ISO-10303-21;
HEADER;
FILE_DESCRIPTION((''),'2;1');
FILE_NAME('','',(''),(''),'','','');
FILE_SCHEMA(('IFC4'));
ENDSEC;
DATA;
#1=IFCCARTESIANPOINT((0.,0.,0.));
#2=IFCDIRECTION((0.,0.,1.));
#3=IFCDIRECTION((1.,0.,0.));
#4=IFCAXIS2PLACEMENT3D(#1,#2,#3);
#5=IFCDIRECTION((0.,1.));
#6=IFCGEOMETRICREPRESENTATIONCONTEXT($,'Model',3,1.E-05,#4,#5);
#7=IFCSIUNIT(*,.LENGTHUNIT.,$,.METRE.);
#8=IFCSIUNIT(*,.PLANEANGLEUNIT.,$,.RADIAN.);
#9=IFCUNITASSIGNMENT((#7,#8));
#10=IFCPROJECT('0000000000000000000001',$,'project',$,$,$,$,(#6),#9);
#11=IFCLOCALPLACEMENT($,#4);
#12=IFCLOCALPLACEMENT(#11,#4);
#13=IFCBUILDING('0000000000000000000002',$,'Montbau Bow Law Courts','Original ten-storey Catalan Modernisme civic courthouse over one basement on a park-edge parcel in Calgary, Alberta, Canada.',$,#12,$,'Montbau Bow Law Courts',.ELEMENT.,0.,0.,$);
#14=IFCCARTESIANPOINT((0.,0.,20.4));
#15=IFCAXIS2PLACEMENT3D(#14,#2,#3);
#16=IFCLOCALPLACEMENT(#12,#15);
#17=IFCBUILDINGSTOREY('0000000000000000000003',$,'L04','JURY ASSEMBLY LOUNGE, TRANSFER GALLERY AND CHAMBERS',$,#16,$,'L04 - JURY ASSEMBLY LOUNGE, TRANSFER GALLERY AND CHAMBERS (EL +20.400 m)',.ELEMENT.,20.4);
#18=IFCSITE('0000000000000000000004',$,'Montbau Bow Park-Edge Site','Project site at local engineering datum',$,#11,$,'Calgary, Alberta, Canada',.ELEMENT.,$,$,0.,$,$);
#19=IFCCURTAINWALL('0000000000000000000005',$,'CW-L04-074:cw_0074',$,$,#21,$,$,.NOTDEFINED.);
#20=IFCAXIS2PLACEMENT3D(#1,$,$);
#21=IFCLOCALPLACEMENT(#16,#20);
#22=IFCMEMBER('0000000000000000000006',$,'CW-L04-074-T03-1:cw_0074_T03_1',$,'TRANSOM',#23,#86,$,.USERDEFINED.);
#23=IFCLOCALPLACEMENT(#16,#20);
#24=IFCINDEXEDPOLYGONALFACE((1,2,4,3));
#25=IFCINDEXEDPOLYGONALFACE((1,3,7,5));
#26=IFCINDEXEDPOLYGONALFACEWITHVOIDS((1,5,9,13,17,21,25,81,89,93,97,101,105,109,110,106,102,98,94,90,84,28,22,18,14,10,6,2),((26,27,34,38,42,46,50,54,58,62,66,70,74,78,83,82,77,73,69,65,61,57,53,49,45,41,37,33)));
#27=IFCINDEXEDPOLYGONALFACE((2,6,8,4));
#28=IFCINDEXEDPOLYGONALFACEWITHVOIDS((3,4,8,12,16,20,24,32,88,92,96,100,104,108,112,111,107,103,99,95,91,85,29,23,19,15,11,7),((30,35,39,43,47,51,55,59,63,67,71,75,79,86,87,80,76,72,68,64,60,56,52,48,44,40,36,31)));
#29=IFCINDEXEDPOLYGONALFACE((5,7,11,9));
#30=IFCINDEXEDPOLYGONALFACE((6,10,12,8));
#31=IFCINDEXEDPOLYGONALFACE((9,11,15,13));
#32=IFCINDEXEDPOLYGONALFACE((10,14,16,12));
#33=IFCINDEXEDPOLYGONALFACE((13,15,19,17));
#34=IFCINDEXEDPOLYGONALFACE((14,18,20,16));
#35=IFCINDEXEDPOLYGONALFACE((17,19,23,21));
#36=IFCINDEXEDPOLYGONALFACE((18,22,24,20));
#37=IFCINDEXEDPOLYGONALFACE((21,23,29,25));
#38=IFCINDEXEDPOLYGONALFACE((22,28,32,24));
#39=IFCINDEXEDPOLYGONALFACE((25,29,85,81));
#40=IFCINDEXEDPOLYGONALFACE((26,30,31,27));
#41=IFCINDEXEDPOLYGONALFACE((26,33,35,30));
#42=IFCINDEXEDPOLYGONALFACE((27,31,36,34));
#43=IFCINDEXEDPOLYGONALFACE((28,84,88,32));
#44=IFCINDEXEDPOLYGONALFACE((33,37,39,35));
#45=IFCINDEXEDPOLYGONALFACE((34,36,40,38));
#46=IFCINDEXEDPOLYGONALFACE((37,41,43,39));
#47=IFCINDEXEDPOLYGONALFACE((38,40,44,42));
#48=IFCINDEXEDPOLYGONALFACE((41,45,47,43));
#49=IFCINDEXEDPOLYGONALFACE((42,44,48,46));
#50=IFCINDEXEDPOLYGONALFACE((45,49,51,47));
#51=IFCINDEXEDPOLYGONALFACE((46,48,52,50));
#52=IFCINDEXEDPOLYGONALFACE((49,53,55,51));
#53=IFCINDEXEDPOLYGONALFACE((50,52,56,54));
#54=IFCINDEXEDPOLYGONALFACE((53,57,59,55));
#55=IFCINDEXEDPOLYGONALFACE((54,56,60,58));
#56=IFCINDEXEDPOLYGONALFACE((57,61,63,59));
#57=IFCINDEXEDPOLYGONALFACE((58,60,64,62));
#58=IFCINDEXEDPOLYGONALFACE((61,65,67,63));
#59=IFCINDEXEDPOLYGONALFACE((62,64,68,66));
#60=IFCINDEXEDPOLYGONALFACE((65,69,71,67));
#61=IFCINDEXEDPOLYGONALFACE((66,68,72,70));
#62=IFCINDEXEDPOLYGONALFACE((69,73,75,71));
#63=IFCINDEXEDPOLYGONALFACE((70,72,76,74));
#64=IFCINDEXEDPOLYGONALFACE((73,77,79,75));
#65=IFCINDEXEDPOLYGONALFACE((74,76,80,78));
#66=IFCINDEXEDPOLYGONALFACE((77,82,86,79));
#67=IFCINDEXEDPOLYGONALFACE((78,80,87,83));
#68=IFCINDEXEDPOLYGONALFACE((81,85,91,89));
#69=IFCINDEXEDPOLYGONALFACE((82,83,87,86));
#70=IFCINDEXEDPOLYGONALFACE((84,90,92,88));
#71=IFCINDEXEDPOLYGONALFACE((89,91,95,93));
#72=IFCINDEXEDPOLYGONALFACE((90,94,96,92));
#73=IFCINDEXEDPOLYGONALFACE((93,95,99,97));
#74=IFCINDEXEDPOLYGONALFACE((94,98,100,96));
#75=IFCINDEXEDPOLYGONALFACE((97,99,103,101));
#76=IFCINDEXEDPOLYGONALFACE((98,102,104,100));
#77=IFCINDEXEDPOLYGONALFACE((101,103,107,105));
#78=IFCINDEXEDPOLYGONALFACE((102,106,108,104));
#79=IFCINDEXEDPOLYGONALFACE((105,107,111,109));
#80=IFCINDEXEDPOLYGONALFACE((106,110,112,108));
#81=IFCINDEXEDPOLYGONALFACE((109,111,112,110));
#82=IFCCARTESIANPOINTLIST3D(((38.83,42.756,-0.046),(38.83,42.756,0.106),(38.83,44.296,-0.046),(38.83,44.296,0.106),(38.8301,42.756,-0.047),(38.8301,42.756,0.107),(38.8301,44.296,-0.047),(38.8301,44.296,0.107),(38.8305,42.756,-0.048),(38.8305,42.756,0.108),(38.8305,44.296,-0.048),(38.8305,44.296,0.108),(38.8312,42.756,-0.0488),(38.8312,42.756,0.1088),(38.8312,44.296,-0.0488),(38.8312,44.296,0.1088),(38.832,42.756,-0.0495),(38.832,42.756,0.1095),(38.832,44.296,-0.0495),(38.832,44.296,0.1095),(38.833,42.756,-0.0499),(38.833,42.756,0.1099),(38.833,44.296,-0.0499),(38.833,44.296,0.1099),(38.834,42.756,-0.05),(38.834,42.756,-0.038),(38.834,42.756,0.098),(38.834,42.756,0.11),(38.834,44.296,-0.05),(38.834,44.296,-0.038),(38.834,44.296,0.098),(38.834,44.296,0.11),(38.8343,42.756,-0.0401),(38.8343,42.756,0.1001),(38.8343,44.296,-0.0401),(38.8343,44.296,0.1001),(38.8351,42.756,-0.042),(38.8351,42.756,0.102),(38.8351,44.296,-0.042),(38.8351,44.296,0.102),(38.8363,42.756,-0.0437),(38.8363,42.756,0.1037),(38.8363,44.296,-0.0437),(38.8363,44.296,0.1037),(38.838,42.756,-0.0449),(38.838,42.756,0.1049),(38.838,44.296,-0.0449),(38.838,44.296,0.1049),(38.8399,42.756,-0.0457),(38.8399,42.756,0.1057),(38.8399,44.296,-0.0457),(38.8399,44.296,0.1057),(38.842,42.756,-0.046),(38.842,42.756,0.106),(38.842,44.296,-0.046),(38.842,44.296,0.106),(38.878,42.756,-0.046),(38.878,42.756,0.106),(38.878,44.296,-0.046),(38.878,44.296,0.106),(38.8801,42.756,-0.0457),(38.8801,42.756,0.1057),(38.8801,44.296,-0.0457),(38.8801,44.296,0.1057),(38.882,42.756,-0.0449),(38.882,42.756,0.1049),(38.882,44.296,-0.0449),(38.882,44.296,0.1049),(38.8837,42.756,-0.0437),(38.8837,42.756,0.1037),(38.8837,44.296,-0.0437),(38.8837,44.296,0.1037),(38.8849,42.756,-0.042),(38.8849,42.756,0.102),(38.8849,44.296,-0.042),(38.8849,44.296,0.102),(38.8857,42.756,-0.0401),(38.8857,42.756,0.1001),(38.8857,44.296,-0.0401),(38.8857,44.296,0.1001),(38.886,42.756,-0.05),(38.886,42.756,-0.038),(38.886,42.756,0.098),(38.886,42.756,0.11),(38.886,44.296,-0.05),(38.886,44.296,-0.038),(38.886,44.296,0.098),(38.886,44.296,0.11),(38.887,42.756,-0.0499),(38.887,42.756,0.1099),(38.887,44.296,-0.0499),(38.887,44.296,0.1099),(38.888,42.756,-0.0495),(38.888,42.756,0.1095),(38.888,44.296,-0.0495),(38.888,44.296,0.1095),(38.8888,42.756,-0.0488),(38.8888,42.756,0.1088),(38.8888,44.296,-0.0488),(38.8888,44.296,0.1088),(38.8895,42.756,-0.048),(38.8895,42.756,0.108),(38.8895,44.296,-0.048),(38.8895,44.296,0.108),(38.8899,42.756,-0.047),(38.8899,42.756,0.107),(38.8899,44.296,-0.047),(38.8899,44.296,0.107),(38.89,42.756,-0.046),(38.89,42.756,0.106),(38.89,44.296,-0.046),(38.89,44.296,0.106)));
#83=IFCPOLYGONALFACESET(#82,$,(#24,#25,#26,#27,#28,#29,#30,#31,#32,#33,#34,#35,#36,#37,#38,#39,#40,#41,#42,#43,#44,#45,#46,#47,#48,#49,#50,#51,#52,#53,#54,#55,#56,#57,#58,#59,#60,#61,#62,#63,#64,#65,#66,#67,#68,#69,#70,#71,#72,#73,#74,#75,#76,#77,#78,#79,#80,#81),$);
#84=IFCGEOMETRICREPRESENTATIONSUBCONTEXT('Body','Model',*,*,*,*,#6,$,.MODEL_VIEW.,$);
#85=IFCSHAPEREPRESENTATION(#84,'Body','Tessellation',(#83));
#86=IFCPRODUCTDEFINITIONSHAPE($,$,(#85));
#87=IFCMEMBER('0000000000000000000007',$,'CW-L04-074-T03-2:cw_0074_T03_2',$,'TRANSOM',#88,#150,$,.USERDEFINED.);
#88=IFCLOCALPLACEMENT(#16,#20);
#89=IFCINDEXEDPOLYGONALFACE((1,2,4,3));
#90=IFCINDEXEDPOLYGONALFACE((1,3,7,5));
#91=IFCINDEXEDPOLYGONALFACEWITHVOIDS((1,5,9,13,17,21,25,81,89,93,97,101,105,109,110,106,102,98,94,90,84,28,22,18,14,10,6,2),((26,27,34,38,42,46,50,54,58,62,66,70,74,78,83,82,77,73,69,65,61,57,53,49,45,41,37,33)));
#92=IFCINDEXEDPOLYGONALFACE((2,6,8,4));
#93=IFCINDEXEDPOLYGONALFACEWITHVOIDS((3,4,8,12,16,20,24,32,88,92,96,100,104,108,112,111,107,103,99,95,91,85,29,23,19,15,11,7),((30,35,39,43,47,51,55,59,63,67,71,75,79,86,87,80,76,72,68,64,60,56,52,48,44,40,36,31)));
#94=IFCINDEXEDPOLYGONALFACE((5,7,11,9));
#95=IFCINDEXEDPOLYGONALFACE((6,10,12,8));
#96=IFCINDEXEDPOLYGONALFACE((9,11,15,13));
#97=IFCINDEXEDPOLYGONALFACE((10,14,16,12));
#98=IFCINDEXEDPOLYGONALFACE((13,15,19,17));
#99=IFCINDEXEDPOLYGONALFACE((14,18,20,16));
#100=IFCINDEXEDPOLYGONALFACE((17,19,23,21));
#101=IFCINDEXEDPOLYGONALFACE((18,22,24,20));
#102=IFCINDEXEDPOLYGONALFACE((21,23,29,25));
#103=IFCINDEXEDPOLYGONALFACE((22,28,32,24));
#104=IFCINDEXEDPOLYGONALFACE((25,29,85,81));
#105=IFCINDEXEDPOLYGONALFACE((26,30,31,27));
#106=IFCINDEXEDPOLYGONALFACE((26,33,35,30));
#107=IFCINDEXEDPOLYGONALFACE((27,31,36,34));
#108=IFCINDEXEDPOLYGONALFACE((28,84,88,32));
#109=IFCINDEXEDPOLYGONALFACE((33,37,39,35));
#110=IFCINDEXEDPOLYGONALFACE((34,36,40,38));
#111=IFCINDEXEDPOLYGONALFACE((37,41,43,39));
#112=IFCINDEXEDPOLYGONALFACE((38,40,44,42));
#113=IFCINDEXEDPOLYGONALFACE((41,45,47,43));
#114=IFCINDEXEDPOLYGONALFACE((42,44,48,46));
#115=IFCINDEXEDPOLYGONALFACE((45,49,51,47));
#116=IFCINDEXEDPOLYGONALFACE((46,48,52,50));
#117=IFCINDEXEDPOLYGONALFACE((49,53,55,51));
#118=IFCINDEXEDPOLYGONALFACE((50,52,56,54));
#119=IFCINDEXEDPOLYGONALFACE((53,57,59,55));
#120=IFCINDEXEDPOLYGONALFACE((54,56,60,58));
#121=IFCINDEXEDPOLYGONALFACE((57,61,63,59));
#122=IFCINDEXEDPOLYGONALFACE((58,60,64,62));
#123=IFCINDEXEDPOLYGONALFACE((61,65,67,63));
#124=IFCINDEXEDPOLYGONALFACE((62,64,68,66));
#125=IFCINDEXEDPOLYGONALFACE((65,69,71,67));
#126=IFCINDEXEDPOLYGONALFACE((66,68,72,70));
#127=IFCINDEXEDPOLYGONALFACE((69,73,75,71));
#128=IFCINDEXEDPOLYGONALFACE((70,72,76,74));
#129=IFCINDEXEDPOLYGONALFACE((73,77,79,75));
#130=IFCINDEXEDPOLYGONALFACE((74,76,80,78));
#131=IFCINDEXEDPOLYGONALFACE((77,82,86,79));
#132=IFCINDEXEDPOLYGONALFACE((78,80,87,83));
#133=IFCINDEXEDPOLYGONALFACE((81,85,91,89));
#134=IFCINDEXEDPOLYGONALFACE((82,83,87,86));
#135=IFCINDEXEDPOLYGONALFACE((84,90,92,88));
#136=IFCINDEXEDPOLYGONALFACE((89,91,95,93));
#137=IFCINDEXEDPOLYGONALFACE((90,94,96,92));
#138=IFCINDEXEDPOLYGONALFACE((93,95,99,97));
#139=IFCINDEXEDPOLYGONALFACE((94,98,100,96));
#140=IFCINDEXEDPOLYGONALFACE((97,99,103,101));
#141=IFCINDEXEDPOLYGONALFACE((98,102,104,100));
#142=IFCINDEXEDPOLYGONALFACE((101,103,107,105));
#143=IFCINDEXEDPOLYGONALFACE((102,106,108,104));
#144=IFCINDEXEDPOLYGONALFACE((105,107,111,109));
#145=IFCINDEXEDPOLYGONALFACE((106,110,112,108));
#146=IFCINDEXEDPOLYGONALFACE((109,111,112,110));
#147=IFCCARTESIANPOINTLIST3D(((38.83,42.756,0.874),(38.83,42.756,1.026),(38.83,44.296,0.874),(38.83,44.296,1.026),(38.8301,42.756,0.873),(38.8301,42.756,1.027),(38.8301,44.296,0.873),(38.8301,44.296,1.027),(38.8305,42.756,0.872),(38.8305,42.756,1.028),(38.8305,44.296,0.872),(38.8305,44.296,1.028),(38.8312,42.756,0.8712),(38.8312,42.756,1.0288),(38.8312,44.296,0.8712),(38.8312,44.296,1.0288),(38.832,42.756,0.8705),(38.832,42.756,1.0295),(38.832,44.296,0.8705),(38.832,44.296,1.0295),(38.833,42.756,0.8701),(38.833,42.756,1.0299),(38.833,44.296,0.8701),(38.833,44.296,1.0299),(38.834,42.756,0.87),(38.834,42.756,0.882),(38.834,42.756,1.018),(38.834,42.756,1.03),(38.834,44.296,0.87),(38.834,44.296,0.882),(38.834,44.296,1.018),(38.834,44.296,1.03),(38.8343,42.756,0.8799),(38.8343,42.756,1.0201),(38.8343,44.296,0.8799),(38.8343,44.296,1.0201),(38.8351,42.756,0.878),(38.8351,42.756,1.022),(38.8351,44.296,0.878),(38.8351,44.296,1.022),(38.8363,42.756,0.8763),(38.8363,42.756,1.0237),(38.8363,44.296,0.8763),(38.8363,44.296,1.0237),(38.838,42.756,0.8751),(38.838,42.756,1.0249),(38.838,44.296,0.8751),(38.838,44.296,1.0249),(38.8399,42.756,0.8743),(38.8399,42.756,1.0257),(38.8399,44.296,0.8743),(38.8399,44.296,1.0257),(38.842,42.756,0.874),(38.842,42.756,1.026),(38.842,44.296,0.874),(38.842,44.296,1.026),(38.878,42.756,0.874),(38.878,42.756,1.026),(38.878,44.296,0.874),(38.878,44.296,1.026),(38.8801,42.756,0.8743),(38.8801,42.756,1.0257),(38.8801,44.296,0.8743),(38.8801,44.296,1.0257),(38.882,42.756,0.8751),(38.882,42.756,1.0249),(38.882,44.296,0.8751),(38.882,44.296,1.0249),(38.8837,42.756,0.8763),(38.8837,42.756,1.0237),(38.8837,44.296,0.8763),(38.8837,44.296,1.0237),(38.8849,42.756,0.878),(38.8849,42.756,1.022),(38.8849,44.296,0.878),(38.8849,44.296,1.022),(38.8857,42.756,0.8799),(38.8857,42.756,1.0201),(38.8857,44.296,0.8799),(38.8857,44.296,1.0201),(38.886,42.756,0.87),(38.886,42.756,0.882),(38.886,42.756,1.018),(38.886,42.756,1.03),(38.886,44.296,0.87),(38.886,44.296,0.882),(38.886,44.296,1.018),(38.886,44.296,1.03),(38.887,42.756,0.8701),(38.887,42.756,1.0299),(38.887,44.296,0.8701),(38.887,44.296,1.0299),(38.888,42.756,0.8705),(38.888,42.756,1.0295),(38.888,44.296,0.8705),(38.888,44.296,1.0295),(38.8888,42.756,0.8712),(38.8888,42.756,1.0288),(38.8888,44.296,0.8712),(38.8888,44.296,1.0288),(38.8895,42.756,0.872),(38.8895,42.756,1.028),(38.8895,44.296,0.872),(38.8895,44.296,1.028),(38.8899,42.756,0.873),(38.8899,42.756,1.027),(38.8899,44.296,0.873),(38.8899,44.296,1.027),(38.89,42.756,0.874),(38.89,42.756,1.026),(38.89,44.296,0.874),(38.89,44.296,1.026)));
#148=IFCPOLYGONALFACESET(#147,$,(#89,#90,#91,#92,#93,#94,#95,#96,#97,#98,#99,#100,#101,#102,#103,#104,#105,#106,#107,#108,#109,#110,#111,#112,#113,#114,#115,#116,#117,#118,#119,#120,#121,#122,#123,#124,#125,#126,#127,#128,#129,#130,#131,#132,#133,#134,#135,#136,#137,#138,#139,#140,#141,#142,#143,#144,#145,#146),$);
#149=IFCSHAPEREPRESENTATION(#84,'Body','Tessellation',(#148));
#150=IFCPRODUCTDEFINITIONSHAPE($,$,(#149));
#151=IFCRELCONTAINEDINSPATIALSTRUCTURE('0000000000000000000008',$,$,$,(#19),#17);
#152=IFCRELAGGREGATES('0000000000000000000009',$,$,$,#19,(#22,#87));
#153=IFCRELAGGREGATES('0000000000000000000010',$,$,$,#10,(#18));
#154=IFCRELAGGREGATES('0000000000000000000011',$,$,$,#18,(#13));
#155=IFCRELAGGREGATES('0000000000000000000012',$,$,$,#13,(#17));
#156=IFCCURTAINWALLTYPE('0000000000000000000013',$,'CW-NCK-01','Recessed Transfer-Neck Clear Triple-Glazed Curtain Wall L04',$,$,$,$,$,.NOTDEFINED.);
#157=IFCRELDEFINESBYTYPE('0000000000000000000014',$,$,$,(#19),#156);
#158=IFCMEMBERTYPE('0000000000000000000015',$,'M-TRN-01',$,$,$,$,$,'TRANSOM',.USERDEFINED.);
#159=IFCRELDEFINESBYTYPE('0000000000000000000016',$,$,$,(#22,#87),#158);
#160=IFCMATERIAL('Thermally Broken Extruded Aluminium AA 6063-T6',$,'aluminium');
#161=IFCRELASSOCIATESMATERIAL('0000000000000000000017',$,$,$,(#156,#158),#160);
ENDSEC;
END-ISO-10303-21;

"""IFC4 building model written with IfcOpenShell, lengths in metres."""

from ifc_helpers import new_model, si_unit, direction, frame, origin_with_axes, origin_2d_with_axis, place, context, subcontext, project, spatial, hollow_rectangle, extrude, material, material_profile, profile_set, type_object, element, aggregate, save


model = new_model("IFC4")

# Units and contexts
model_context = context("Model", 3, precision=1e-05, world=origin_with_axes(), true_north=direction((0.0, 1.0)))
body_context = subcontext(model_context, "Body", "Model", "MODEL_VIEW")
ifc_project = project(units=[si_unit("LENGTHUNIT", "METRE"), si_unit("PLANEANGLEUNIT", "RADIAN")], contexts=[model_context])

# Site, building, storey
site_placement = place(None, origin_with_axes())
site = spatial("IfcSite", under=ifc_project, at=site_placement, Name="Montbau Bow Park-Edge Site", Description="Project site at local engineering datum", LongName="Calgary, Alberta, Canada", CompositionType="ELEMENT", RefElevation=0.0)
building_placement = place(site_placement, origin_with_axes())
building = spatial("IfcBuilding", under=site, at=building_placement, Name="Montbau Bow Law Courts", Description="Original ten-storey Catalan Modernisme civic courthouse over one basement on a park-edge parcel in Calgary, Alberta, Canada.", LongName="Montbau Bow Law Courts", CompositionType="ELEMENT", ElevationOfRefHeight=0.0, ElevationOfTerrain=0.0)
storey_placement = place(building_placement, frame((0.0, 0.0, 20.4), z_axis=(0.0, 0.0, 1.0), x_axis=(1.0, 0.0, 0.0)))
storey = spatial("IfcBuildingStorey", under=building, at=storey_placement, Name="L04", Description="JURY ASSEMBLY LOUNGE, TRANSFER GALLERY AND CHAMBERS", LongName="L04 - JURY ASSEMBLY LOUNGE, TRANSFER GALLERY AND CHAMBERS (EL +20.400 m)", CompositionType="ELEMENT", Elevation=20.4)

# Curtain wall, members
ifc_material_1 = material(Name="Thermally Broken Extruded Aluminium AA 6063-T6", Category="aluminium")
curtain_wall_type = type_object("IfcCurtainWallType", Name="CW-NCK-01", Description="Recessed Transfer-Neck Clear Triple-Glazed Curtain Wall L04", PredefinedType="NOTDEFINED", material=ifc_material_1)
curtain_wall_placement = place(None, frame((38.86, 39.515, 20.4), z_axis=(0.0, 0.0, 1.0), x_axis=(1.0, 0.0, 0.0)))
curtain_wall = element("IfcCurtainWall", 1, at=curtain_wall_placement, inside=storey, type_object=curtain_wall_type, Name="CW-L04-074:cw_0074", PredefinedType="NOTDEFINED")
ifc_material_profile_1 = material_profile(ifc_material_1, hollow_rectangle(XDim=0.06, YDim=0.16, WallThickness=0.004, InnerFilletRadius=0.008, OuterFilletRadius=0.004, at=origin_2d_with_axis()), Name="CWT-160X60", Category="Main", Priority=0)
ifc_profile_set_1 = profile_set([ifc_material_profile_1], Name="Thermally Broken Extruded Aluminium AA 6063-T6")
member_type_1 = type_object("IfcMemberType", Name="M-TRN-01", ElementType="TRANSOM", PredefinedType="USERDEFINED", material=ifc_profile_set_1)
member_1_placement = place(None, frame((38.86, 42.756, 20.43), z_axis=(0.0, 1.0, 0.0), x_axis=(-1.0, 0.0, 0.0)))
member_1 = element("IfcMember", 2, at=member_1_placement, type_object=member_type_1, Name="CW-L04-074-T03-1:cw_0074_T03_1", ObjectType="TRANSOM", PredefinedType="USERDEFINED", context=body_context, shape_type="SweptSolid", body=[
    extrude(hollow_rectangle(XDim=0.06, YDim=0.16, WallThickness=0.004, InnerFilletRadius=0.008, OuterFilletRadius=0.004, at=origin_2d_with_axis()), origin_with_axes(), (0.0, 0.0, 1.0), 1.54),
])
member_2_placement = place(None, frame((38.86, 42.756, 21.35), z_axis=(0.0, 1.0, 0.0), x_axis=(-1.0, 0.0, 0.0)))
member_2 = element("IfcMember", 3, at=member_2_placement, type_object=member_type_1, Name="CW-L04-074-T03-2:cw_0074_T03_2", ObjectType="TRANSOM", PredefinedType="USERDEFINED", context=body_context, shape_type="SweptSolid", body=[
    extrude(hollow_rectangle(XDim=0.06, YDim=0.16, WallThickness=0.004, InnerFilletRadius=0.008, OuterFilletRadius=0.004, at=origin_2d_with_axis()), origin_with_axes(), (0.0, 0.0, 1.0), 1.54),
])
aggregate(curtain_wall, [member_1, member_2])

save(model, "model.ifc")
